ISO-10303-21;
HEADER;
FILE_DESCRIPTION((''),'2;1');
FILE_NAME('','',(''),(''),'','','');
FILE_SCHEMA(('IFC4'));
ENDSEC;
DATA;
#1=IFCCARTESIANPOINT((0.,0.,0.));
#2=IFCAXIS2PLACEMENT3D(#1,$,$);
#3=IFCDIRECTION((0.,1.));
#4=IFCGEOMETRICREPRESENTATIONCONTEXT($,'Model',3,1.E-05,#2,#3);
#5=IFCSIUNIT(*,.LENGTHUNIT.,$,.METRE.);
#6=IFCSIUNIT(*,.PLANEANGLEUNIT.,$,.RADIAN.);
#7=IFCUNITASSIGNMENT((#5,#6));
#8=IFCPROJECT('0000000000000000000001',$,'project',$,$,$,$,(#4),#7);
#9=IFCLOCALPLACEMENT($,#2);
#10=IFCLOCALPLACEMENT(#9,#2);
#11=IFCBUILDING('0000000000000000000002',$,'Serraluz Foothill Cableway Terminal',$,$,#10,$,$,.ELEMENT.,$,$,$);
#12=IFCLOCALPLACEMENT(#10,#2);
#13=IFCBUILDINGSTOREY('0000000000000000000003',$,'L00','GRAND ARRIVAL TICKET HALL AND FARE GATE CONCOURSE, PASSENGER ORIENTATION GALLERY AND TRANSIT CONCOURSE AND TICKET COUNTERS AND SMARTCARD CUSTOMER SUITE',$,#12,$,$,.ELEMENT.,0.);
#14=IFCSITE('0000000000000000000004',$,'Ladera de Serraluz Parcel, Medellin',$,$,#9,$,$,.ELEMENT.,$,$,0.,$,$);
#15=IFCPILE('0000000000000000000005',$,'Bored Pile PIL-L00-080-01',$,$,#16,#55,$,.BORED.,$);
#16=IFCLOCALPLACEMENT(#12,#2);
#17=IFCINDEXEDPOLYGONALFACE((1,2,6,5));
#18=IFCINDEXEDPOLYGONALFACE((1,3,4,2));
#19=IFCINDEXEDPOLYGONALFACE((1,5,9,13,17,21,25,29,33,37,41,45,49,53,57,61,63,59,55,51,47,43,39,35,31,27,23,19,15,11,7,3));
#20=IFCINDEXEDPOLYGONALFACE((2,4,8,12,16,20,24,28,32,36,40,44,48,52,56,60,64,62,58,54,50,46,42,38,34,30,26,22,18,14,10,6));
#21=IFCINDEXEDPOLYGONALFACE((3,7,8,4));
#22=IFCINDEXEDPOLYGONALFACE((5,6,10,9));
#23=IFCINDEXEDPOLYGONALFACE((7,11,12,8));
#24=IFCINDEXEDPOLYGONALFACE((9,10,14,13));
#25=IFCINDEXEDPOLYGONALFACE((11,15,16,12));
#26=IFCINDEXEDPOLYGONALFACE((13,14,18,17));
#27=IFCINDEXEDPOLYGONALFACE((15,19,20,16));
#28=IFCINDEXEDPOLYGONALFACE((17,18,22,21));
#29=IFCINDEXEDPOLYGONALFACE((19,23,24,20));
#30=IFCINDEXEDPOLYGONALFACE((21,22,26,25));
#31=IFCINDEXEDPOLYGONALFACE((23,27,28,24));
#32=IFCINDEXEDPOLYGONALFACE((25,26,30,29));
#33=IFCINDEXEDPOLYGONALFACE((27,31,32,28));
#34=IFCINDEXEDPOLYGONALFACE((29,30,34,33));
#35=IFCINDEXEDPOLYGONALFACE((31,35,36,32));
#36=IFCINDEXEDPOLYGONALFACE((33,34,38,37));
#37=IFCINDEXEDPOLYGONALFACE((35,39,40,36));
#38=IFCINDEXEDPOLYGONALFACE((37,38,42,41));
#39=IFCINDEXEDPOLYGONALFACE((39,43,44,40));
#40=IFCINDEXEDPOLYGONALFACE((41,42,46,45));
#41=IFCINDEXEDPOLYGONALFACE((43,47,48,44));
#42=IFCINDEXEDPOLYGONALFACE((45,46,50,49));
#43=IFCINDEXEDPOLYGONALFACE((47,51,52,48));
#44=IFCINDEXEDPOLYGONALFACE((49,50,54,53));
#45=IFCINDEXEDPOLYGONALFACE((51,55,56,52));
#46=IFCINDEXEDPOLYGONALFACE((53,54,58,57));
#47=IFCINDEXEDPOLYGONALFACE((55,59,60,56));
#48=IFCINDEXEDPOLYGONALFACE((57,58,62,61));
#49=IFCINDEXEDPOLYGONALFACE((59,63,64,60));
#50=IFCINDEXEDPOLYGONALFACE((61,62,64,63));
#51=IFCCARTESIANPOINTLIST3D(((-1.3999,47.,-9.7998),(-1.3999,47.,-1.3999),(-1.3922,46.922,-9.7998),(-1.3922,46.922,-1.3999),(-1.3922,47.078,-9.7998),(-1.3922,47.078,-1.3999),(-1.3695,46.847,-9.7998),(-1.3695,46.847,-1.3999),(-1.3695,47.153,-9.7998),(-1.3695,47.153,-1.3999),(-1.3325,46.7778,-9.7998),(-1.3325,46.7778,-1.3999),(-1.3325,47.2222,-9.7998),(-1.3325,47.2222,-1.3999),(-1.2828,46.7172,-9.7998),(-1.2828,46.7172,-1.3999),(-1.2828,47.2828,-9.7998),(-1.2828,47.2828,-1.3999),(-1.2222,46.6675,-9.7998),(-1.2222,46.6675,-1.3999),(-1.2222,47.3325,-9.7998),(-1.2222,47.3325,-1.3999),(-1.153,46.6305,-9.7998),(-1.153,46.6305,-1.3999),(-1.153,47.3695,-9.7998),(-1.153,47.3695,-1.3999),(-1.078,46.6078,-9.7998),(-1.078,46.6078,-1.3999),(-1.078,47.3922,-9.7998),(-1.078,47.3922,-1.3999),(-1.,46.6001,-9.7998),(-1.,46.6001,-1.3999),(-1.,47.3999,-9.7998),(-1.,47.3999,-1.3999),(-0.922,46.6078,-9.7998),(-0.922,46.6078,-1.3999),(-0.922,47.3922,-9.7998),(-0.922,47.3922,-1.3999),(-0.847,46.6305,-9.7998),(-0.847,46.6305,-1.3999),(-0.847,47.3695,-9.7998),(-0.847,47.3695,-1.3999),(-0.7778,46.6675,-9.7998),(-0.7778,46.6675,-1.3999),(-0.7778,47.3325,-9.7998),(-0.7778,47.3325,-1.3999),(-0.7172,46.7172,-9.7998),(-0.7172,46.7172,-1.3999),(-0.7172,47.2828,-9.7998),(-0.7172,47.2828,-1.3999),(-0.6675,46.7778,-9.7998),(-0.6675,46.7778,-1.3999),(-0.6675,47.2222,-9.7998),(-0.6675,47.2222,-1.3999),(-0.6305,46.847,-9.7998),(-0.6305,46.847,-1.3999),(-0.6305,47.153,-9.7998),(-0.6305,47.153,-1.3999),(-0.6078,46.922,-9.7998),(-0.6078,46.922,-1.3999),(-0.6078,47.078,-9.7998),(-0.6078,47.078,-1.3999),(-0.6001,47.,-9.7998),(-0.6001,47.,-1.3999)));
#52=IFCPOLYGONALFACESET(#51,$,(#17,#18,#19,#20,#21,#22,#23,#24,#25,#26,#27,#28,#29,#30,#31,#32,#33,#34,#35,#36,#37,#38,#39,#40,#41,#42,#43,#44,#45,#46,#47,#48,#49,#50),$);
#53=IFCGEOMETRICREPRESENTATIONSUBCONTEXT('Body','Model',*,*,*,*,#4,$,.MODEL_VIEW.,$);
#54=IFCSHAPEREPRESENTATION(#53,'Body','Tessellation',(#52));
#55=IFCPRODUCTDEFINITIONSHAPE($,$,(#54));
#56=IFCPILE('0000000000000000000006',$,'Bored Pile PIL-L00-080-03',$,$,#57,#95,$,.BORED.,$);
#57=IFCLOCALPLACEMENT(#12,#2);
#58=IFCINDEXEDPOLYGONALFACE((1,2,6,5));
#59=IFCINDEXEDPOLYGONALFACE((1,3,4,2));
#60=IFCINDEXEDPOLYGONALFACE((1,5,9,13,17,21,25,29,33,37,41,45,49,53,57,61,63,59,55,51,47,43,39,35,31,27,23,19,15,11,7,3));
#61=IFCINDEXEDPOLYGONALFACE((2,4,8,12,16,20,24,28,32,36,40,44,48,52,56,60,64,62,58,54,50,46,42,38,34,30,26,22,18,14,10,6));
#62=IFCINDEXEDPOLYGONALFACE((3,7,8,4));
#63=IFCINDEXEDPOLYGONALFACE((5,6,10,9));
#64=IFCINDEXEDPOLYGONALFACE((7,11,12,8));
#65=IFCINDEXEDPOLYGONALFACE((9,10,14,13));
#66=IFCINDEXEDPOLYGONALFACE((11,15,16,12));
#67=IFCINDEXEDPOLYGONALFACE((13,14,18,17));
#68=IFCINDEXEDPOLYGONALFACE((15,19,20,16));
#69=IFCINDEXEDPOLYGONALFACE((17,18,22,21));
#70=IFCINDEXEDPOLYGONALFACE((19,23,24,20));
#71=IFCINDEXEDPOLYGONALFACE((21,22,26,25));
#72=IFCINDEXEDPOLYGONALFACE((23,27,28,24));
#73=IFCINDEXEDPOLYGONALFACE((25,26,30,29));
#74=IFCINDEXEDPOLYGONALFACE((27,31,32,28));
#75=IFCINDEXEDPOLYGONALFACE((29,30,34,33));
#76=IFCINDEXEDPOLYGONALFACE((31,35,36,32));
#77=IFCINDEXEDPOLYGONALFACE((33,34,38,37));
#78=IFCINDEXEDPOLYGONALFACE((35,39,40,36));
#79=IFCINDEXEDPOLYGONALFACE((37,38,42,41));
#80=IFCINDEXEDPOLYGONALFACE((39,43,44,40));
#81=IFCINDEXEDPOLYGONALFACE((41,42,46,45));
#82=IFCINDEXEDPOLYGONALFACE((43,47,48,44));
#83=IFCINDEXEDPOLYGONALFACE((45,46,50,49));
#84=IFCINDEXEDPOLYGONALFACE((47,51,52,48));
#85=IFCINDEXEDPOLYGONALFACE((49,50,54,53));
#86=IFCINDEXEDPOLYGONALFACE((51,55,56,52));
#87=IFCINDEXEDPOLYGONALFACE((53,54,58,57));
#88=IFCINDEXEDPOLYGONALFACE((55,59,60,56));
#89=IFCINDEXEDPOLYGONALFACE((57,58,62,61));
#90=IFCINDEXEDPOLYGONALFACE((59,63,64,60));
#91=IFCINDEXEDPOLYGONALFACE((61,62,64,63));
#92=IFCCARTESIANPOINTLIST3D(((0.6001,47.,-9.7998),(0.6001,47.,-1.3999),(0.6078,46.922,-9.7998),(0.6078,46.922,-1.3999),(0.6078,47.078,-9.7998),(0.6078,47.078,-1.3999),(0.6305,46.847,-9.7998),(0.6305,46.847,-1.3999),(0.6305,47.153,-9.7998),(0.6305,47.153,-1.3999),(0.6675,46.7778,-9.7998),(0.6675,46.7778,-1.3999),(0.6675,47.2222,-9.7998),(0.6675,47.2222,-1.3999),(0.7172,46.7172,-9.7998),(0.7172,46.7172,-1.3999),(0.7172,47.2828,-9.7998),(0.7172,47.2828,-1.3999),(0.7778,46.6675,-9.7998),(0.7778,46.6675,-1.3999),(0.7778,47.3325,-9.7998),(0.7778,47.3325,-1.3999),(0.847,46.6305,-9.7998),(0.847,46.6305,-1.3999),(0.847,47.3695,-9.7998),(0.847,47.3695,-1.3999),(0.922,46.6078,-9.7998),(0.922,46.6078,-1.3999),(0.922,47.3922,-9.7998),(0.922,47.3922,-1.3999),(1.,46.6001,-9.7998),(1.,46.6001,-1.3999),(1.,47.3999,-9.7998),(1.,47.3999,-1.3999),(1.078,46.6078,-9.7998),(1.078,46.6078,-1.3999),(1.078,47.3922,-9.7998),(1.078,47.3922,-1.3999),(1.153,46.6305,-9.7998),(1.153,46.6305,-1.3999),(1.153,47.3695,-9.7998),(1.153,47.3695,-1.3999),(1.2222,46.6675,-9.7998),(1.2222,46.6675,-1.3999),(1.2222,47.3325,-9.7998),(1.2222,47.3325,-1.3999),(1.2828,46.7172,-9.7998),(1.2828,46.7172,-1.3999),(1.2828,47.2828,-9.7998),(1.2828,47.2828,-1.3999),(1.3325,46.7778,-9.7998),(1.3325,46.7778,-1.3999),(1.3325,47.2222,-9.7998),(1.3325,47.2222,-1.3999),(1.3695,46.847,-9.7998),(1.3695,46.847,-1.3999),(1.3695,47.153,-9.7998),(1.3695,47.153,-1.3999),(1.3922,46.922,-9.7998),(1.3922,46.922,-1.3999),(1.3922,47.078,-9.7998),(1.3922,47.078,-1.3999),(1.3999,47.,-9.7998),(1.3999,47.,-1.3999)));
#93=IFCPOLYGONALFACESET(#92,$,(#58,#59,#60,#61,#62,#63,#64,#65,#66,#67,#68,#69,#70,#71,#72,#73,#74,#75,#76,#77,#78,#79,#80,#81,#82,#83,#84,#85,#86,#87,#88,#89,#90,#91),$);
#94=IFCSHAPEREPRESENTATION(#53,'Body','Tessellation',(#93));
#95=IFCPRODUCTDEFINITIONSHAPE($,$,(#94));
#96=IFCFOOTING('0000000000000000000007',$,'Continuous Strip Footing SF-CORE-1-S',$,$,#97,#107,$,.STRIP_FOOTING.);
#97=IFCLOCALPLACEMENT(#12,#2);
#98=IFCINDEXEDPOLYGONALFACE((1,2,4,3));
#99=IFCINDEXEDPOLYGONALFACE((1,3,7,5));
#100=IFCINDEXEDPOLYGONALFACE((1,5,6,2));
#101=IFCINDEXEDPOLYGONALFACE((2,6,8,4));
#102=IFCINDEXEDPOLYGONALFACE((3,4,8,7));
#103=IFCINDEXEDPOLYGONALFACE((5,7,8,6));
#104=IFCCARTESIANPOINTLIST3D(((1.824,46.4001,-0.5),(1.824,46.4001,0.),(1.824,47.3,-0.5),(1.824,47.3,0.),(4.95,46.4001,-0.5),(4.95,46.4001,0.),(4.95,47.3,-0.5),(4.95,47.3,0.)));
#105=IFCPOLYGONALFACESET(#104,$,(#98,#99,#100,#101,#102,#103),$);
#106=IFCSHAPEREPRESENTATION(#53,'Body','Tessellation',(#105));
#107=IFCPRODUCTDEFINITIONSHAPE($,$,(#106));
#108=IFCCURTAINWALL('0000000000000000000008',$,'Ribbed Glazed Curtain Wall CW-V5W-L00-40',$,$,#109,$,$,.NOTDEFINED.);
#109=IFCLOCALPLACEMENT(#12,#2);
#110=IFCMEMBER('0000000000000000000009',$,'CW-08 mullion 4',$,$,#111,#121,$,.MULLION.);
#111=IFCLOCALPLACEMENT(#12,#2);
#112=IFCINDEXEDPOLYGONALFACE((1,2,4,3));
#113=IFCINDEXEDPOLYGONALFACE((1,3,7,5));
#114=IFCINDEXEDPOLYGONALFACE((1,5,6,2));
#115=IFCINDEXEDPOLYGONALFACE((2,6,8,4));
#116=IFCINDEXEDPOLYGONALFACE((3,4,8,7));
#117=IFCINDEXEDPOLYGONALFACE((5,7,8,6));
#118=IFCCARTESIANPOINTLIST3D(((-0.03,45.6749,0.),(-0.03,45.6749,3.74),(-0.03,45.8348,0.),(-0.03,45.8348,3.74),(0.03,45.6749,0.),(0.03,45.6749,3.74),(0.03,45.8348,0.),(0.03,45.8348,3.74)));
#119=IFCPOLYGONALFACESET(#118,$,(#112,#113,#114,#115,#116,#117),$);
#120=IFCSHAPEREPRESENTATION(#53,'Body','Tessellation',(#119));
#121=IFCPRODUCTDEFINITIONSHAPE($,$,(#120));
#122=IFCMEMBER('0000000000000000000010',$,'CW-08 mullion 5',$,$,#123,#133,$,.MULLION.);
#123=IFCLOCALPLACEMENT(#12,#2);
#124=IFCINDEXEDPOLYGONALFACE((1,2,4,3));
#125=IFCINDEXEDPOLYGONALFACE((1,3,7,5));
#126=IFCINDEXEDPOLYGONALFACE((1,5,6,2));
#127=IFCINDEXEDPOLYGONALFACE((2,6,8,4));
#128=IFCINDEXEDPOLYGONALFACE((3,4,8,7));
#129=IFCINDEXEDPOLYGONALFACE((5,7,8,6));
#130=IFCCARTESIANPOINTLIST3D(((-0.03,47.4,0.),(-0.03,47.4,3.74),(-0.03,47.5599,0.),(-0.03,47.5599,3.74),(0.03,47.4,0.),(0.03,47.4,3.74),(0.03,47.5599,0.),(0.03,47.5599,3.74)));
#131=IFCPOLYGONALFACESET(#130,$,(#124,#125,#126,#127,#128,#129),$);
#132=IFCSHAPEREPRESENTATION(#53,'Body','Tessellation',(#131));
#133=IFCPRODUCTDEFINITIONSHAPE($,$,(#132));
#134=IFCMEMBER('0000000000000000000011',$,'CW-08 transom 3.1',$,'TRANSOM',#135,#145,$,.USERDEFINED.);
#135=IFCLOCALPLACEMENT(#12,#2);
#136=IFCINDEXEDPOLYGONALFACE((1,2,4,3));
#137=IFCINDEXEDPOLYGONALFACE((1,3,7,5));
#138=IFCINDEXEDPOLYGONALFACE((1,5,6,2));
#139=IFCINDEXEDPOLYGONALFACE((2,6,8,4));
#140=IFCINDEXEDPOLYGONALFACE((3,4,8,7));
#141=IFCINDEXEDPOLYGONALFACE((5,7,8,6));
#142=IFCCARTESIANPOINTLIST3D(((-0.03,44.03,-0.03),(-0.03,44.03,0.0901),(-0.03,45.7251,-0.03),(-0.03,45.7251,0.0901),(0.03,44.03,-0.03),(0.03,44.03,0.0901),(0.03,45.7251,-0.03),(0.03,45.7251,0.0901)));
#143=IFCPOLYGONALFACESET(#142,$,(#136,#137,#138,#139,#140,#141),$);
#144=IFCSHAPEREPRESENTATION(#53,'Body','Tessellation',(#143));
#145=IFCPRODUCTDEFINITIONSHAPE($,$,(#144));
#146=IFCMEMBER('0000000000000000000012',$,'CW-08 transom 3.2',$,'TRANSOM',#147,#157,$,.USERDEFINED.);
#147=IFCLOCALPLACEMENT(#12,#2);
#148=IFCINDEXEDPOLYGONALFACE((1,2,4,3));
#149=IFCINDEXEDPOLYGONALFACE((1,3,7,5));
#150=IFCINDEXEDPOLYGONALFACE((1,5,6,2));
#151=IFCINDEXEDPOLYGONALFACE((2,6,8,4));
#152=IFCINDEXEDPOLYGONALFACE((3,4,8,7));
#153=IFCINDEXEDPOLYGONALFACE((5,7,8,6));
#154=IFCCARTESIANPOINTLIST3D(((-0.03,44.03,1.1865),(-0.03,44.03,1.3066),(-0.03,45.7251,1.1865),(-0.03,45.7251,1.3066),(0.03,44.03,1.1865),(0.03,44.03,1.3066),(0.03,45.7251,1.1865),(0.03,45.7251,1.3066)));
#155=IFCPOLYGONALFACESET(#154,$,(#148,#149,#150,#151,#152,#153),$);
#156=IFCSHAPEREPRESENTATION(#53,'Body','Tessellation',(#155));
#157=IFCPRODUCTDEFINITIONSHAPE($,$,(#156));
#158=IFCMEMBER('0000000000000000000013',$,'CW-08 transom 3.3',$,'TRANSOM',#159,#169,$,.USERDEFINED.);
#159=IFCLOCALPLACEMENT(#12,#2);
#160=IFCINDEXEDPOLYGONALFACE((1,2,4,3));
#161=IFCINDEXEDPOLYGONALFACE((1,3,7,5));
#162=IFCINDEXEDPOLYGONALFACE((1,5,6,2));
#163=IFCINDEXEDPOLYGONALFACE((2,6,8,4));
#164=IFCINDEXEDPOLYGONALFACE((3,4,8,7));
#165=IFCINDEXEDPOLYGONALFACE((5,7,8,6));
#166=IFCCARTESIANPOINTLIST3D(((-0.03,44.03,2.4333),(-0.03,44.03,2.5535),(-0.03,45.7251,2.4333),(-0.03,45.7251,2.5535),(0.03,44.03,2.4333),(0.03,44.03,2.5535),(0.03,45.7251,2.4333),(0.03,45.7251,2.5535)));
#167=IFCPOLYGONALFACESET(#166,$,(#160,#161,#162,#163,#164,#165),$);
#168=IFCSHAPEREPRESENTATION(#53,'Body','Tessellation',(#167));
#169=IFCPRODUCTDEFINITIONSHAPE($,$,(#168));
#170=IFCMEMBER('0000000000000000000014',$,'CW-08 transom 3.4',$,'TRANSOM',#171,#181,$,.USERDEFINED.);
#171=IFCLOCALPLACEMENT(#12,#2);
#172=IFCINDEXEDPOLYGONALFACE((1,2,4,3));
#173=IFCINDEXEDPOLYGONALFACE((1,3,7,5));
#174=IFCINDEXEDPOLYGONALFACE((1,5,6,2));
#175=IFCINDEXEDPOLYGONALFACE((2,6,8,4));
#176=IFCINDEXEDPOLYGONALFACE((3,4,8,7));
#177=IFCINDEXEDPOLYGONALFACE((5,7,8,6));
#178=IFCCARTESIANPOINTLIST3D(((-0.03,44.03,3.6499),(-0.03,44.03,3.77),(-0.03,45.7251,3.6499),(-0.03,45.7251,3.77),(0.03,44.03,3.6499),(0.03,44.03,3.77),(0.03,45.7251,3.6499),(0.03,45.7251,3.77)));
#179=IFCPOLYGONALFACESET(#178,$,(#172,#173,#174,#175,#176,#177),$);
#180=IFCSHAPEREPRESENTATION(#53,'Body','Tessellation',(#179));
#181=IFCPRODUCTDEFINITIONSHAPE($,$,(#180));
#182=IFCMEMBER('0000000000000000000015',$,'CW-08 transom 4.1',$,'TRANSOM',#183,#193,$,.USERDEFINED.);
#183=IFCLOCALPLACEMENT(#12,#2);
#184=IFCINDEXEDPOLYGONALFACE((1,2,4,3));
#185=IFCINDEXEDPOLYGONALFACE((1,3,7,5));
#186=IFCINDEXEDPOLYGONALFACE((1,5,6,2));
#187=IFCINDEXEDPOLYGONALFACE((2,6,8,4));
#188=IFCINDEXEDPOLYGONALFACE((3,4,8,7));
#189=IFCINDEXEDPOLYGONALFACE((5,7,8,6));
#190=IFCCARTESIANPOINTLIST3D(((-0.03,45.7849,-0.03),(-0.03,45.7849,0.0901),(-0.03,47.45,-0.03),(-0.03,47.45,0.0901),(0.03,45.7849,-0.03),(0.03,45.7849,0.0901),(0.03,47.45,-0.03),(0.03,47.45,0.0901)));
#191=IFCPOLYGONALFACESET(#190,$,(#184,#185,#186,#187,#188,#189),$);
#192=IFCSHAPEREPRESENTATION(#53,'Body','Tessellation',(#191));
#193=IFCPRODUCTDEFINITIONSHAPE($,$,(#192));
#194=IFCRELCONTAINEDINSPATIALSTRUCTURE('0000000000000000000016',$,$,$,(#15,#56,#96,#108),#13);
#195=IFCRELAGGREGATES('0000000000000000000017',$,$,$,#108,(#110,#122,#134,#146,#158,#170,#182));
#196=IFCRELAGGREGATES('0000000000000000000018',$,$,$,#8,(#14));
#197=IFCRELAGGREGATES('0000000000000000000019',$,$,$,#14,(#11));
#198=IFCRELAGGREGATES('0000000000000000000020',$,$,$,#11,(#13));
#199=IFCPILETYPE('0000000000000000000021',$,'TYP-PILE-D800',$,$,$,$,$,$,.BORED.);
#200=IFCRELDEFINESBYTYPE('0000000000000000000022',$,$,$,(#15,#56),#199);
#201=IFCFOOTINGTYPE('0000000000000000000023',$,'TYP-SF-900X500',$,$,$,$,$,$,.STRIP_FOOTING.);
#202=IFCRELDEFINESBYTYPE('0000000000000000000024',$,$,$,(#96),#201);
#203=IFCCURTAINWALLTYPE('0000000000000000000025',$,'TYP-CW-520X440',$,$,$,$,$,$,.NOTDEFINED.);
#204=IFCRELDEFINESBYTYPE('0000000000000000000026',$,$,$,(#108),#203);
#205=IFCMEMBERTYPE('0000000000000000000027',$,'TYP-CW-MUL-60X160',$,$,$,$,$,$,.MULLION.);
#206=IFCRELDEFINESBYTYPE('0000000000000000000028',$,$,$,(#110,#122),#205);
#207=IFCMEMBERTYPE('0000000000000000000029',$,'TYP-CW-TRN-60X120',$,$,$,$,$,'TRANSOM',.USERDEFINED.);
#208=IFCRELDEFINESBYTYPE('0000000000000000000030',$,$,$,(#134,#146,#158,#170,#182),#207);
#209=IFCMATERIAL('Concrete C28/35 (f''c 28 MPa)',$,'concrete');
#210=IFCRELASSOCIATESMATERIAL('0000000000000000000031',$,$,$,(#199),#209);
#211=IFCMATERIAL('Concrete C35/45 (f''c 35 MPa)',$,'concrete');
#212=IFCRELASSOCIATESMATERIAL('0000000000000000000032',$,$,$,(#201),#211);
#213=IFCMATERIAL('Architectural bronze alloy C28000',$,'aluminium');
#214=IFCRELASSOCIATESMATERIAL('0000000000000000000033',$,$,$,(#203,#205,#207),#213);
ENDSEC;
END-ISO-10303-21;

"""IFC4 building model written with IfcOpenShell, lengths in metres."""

from ifc_helpers import new_model, si_unit, direction, frame, origin, origin_2d, place, context, subcontext, project, spatial, rectangle, circle, extrude, material, material_profile, profile_set, type_object, element, aggregate, save


model = new_model("IFC4")

# Units and contexts
model_context = context("Model", 3, precision=1e-05, world=origin(), true_north=direction((0.0, 1.0)))
body_context = subcontext(model_context, "Body", "Model", "MODEL_VIEW")
ifc_project = project(units=[si_unit("LENGTHUNIT", "METRE"), si_unit("PLANEANGLEUNIT", "RADIAN")], contexts=[model_context])

# Site, building, storey
site_placement = place(None, origin())
site = spatial("IfcSite", under=ifc_project, at=site_placement, Name="Ladera de Serraluz Parcel, Medellin", CompositionType="ELEMENT", RefElevation=0.0)
building_placement = place(site_placement, origin())
building = spatial("IfcBuilding", under=site, at=building_placement, Name="Serraluz Foothill Cableway Terminal", CompositionType="ELEMENT")
storey_placement = place(building_placement, origin())
storey = spatial("IfcBuildingStorey", under=building, at=storey_placement, Name="L00", Description="GRAND ARRIVAL TICKET HALL AND FARE GATE CONCOURSE, PASSENGER ORIENTATION GALLERY AND TRANSIT CONCOURSE AND TICKET COUNTERS AND SMARTCARD CUSTOMER SUITE", CompositionType="ELEMENT", Elevation=0.0)

# Piles
ifc_material_1 = material(Name="Concrete C28/35 (f'c 28 MPa)", Category="concrete")
ifc_material_profile_1 = material_profile(ifc_material_1, circle(Radius=0.3999, at=origin_2d()), Name="BORED PILE D800")
ifc_profile_set_1 = profile_set([ifc_material_profile_1], Name="Concrete C28/35 (f'c 28 MPa)")
pile_type = type_object("IfcPileType", Name="TYP-PILE-D800", PredefinedType="BORED", material=ifc_profile_set_1)
for number, where, z_axis, x_axis, name in (
    (1, (-1.0, 47.0, -1.3999), (0.0, 0.0, -1.0), (1.0, 0.0, 0.0), "Bored Pile PIL-L00-080-01"),
    (2, (1.0, 47.0, -1.3999), (0.0, 0.0, -1.0), (1.0, 0.0, 0.0), "Bored Pile PIL-L00-080-03"),
):
    element("IfcPile", number, at=place(storey_placement, frame(where, z_axis=z_axis, x_axis=x_axis)), inside=storey, type_object=pile_type, Name=name, PredefinedType="BORED", context=body_context, shape_type="SweptSolid", body=[
        extrude(circle(Radius=0.3999, at=origin_2d()), origin(), (0.0, 0.0, 1.0), 8.3999),
    ])

# Footing
ifc_material_2 = material(Name="Concrete C35/45 (f'c 35 MPa)", Category="concrete")
ifc_material_profile_2 = material_profile(ifc_material_2, rectangle(XDim=0.8999, YDim=0.5, at=origin_2d()), Name="SF 900x500")
ifc_profile_set_2 = profile_set([ifc_material_profile_2], Name="Concrete C35/45 (f'c 35 MPa)")
footing_type = type_object("IfcFootingType", Name="TYP-SF-900X500", PredefinedType="STRIP_FOOTING", material=ifc_profile_set_2)
footing_placement = place(storey_placement, frame((1.824, 46.8501, -0.25), z_axis=(1.0, 0.0, 0.0), x_axis=(0.0, 1.0, 0.0)))
element("IfcFooting", 3, at=footing_placement, inside=storey, type_object=footing_type, Name="Continuous Strip Footing SF-CORE-1-S", PredefinedType="STRIP_FOOTING", context=body_context, shape_type="SweptSolid", body=[
    extrude(rectangle(XDim=0.8999, YDim=0.5, at=origin_2d()), origin(), (0.0, 0.0, 1.0), 3.126),
])

# Curtain wall, members
ifc_material_3 = material(Name="Architectural bronze alloy C28000", Category="aluminium")
curtain_wall_type = type_object("IfcCurtainWallType", Name="TYP-CW-520X440", PredefinedType="NOTDEFINED", material=ifc_material_3)
curtain_wall_placement = place(storey_placement, origin())
curtain_wall = element("IfcCurtainWall", 4, at=curtain_wall_placement, inside=storey, type_object=curtain_wall_type, Name="Ribbed Glazed Curtain Wall CW-V5W-L00-40", PredefinedType="NOTDEFINED")
ifc_material_profile_3 = material_profile(ifc_material_3, rectangle(XDim=0.0601, YDim=0.1599, at=origin_2d()), Name="ALU MULLION 60x160")
ifc_profile_set_3 = profile_set([ifc_material_profile_3], Name="Architectural bronze alloy C28000")
member_type_1 = type_object("IfcMemberType", Name="TYP-CW-MUL-60X160", PredefinedType="MULLION", material=ifc_profile_set_3)
member_1_placement = place(storey_placement, frame((0.0, 45.7549, 0.0), z_axis=(0.0, 0.0, 1.0), x_axis=(-1.0, 0.0, 0.0)))
member_1 = element("IfcMember", 5, at=member_1_placement, type_object=member_type_1, Name="CW-08 mullion 4", PredefinedType="MULLION", context=body_context, shape_type="SweptSolid", body=[
    extrude(rectangle(XDim=0.0601, YDim=0.1599, at=origin_2d()), origin(), (0.0, 0.0, 1.0), 3.74),
])
member_2_placement = place(storey_placement, frame((0.0, 47.48, 0.0), z_axis=(0.0, 0.0, 1.0), x_axis=(-1.0, 0.0, 0.0)))
member_2 = element("IfcMember", 6, at=member_2_placement, type_object=member_type_1, Name="CW-08 mullion 5", PredefinedType="MULLION", context=body_context, shape_type="SweptSolid", body=[
    extrude(rectangle(XDim=0.0601, YDim=0.1599, at=origin_2d()), origin(), (0.0, 0.0, 1.0), 3.74),
])
ifc_material_profile_4 = material_profile(ifc_material_3, rectangle(XDim=0.0601, YDim=0.1201, at=origin_2d()), Name="ALU TRANSOM 60x120")
ifc_profile_set_4 = profile_set([ifc_material_profile_4], Name="Architectural bronze alloy C28000")
member_type_2 = type_object("IfcMemberType", Name="TYP-CW-TRN-60X120", ElementType="TRANSOM", PredefinedType="USERDEFINED", material=ifc_profile_set_4)
member_3_placement = place(storey_placement, frame((0.0, 44.03, 0.03), z_axis=(0.0, 1.0, 0.0), x_axis=(-1.0, 0.0, 0.0)))
member_3 = element("IfcMember", 7, at=member_3_placement, type_object=member_type_2, Name="CW-08 transom 3.1", ObjectType="TRANSOM", PredefinedType="USERDEFINED", context=body_context, shape_type="SweptSolid", body=[
    extrude(rectangle(XDim=0.0601, YDim=0.1201, at=origin_2d()), origin(), (0.0, 0.0, 1.0), 1.6951),
])
member_4_placement = place(storey_placement, frame((0.0, 44.03, 1.2466), z_axis=(0.0, 1.0, 0.0), x_axis=(-1.0, 0.0, 0.0)))
member_4 = element("IfcMember", 8, at=member_4_placement, type_object=member_type_2, Name="CW-08 transom 3.2", ObjectType="TRANSOM", PredefinedType="USERDEFINED", context=body_context, shape_type="SweptSolid", body=[
    extrude(rectangle(XDim=0.0601, YDim=0.1201, at=origin_2d()), origin(), (0.0, 0.0, 1.0), 1.6951),
])
member_5_placement = place(storey_placement, frame((0.0, 44.03, 2.4934), z_axis=(0.0, 1.0, 0.0), x_axis=(-1.0, 0.0, 0.0)))
member_5 = element("IfcMember", 9, at=member_5_placement, type_object=member_type_2, Name="CW-08 transom 3.3", ObjectType="TRANSOM", PredefinedType="USERDEFINED", context=body_context, shape_type="SweptSolid", body=[
    extrude(rectangle(XDim=0.0601, YDim=0.1201, at=origin_2d()), origin(), (0.0, 0.0, 1.0), 1.6951),
])
member_6_placement = place(storey_placement, frame((0.0, 44.03, 3.71), z_axis=(0.0, 1.0, 0.0), x_axis=(-1.0, 0.0, 0.0)))
member_6 = element("IfcMember", 10, at=member_6_placement, type_object=member_type_2, Name="CW-08 transom 3.4", ObjectType="TRANSOM", PredefinedType="USERDEFINED", context=body_context, shape_type="SweptSolid", body=[
    extrude(rectangle(XDim=0.0601, YDim=0.1201, at=origin_2d()), origin(), (0.0, 0.0, 1.0), 1.6951),
])
member_7_placement = place(storey_placement, frame((0.0, 45.7849, 0.03), z_axis=(0.0, 1.0, 0.0), x_axis=(-1.0, 0.0, 0.0)))
member_7 = element("IfcMember", 11, at=member_7_placement, type_object=member_type_2, Name="CW-08 transom 4.1", ObjectType="TRANSOM", PredefinedType="USERDEFINED", context=body_context, shape_type="SweptSolid", body=[
    extrude(rectangle(XDim=0.0601, YDim=0.1201, at=origin_2d()), origin(), (0.0, 0.0, 1.0), 1.665),
])
aggregate(curtain_wall, [member_1, member_2, member_3, member_4, member_5, member_6, member_7])

save(model, "model.ifc")
